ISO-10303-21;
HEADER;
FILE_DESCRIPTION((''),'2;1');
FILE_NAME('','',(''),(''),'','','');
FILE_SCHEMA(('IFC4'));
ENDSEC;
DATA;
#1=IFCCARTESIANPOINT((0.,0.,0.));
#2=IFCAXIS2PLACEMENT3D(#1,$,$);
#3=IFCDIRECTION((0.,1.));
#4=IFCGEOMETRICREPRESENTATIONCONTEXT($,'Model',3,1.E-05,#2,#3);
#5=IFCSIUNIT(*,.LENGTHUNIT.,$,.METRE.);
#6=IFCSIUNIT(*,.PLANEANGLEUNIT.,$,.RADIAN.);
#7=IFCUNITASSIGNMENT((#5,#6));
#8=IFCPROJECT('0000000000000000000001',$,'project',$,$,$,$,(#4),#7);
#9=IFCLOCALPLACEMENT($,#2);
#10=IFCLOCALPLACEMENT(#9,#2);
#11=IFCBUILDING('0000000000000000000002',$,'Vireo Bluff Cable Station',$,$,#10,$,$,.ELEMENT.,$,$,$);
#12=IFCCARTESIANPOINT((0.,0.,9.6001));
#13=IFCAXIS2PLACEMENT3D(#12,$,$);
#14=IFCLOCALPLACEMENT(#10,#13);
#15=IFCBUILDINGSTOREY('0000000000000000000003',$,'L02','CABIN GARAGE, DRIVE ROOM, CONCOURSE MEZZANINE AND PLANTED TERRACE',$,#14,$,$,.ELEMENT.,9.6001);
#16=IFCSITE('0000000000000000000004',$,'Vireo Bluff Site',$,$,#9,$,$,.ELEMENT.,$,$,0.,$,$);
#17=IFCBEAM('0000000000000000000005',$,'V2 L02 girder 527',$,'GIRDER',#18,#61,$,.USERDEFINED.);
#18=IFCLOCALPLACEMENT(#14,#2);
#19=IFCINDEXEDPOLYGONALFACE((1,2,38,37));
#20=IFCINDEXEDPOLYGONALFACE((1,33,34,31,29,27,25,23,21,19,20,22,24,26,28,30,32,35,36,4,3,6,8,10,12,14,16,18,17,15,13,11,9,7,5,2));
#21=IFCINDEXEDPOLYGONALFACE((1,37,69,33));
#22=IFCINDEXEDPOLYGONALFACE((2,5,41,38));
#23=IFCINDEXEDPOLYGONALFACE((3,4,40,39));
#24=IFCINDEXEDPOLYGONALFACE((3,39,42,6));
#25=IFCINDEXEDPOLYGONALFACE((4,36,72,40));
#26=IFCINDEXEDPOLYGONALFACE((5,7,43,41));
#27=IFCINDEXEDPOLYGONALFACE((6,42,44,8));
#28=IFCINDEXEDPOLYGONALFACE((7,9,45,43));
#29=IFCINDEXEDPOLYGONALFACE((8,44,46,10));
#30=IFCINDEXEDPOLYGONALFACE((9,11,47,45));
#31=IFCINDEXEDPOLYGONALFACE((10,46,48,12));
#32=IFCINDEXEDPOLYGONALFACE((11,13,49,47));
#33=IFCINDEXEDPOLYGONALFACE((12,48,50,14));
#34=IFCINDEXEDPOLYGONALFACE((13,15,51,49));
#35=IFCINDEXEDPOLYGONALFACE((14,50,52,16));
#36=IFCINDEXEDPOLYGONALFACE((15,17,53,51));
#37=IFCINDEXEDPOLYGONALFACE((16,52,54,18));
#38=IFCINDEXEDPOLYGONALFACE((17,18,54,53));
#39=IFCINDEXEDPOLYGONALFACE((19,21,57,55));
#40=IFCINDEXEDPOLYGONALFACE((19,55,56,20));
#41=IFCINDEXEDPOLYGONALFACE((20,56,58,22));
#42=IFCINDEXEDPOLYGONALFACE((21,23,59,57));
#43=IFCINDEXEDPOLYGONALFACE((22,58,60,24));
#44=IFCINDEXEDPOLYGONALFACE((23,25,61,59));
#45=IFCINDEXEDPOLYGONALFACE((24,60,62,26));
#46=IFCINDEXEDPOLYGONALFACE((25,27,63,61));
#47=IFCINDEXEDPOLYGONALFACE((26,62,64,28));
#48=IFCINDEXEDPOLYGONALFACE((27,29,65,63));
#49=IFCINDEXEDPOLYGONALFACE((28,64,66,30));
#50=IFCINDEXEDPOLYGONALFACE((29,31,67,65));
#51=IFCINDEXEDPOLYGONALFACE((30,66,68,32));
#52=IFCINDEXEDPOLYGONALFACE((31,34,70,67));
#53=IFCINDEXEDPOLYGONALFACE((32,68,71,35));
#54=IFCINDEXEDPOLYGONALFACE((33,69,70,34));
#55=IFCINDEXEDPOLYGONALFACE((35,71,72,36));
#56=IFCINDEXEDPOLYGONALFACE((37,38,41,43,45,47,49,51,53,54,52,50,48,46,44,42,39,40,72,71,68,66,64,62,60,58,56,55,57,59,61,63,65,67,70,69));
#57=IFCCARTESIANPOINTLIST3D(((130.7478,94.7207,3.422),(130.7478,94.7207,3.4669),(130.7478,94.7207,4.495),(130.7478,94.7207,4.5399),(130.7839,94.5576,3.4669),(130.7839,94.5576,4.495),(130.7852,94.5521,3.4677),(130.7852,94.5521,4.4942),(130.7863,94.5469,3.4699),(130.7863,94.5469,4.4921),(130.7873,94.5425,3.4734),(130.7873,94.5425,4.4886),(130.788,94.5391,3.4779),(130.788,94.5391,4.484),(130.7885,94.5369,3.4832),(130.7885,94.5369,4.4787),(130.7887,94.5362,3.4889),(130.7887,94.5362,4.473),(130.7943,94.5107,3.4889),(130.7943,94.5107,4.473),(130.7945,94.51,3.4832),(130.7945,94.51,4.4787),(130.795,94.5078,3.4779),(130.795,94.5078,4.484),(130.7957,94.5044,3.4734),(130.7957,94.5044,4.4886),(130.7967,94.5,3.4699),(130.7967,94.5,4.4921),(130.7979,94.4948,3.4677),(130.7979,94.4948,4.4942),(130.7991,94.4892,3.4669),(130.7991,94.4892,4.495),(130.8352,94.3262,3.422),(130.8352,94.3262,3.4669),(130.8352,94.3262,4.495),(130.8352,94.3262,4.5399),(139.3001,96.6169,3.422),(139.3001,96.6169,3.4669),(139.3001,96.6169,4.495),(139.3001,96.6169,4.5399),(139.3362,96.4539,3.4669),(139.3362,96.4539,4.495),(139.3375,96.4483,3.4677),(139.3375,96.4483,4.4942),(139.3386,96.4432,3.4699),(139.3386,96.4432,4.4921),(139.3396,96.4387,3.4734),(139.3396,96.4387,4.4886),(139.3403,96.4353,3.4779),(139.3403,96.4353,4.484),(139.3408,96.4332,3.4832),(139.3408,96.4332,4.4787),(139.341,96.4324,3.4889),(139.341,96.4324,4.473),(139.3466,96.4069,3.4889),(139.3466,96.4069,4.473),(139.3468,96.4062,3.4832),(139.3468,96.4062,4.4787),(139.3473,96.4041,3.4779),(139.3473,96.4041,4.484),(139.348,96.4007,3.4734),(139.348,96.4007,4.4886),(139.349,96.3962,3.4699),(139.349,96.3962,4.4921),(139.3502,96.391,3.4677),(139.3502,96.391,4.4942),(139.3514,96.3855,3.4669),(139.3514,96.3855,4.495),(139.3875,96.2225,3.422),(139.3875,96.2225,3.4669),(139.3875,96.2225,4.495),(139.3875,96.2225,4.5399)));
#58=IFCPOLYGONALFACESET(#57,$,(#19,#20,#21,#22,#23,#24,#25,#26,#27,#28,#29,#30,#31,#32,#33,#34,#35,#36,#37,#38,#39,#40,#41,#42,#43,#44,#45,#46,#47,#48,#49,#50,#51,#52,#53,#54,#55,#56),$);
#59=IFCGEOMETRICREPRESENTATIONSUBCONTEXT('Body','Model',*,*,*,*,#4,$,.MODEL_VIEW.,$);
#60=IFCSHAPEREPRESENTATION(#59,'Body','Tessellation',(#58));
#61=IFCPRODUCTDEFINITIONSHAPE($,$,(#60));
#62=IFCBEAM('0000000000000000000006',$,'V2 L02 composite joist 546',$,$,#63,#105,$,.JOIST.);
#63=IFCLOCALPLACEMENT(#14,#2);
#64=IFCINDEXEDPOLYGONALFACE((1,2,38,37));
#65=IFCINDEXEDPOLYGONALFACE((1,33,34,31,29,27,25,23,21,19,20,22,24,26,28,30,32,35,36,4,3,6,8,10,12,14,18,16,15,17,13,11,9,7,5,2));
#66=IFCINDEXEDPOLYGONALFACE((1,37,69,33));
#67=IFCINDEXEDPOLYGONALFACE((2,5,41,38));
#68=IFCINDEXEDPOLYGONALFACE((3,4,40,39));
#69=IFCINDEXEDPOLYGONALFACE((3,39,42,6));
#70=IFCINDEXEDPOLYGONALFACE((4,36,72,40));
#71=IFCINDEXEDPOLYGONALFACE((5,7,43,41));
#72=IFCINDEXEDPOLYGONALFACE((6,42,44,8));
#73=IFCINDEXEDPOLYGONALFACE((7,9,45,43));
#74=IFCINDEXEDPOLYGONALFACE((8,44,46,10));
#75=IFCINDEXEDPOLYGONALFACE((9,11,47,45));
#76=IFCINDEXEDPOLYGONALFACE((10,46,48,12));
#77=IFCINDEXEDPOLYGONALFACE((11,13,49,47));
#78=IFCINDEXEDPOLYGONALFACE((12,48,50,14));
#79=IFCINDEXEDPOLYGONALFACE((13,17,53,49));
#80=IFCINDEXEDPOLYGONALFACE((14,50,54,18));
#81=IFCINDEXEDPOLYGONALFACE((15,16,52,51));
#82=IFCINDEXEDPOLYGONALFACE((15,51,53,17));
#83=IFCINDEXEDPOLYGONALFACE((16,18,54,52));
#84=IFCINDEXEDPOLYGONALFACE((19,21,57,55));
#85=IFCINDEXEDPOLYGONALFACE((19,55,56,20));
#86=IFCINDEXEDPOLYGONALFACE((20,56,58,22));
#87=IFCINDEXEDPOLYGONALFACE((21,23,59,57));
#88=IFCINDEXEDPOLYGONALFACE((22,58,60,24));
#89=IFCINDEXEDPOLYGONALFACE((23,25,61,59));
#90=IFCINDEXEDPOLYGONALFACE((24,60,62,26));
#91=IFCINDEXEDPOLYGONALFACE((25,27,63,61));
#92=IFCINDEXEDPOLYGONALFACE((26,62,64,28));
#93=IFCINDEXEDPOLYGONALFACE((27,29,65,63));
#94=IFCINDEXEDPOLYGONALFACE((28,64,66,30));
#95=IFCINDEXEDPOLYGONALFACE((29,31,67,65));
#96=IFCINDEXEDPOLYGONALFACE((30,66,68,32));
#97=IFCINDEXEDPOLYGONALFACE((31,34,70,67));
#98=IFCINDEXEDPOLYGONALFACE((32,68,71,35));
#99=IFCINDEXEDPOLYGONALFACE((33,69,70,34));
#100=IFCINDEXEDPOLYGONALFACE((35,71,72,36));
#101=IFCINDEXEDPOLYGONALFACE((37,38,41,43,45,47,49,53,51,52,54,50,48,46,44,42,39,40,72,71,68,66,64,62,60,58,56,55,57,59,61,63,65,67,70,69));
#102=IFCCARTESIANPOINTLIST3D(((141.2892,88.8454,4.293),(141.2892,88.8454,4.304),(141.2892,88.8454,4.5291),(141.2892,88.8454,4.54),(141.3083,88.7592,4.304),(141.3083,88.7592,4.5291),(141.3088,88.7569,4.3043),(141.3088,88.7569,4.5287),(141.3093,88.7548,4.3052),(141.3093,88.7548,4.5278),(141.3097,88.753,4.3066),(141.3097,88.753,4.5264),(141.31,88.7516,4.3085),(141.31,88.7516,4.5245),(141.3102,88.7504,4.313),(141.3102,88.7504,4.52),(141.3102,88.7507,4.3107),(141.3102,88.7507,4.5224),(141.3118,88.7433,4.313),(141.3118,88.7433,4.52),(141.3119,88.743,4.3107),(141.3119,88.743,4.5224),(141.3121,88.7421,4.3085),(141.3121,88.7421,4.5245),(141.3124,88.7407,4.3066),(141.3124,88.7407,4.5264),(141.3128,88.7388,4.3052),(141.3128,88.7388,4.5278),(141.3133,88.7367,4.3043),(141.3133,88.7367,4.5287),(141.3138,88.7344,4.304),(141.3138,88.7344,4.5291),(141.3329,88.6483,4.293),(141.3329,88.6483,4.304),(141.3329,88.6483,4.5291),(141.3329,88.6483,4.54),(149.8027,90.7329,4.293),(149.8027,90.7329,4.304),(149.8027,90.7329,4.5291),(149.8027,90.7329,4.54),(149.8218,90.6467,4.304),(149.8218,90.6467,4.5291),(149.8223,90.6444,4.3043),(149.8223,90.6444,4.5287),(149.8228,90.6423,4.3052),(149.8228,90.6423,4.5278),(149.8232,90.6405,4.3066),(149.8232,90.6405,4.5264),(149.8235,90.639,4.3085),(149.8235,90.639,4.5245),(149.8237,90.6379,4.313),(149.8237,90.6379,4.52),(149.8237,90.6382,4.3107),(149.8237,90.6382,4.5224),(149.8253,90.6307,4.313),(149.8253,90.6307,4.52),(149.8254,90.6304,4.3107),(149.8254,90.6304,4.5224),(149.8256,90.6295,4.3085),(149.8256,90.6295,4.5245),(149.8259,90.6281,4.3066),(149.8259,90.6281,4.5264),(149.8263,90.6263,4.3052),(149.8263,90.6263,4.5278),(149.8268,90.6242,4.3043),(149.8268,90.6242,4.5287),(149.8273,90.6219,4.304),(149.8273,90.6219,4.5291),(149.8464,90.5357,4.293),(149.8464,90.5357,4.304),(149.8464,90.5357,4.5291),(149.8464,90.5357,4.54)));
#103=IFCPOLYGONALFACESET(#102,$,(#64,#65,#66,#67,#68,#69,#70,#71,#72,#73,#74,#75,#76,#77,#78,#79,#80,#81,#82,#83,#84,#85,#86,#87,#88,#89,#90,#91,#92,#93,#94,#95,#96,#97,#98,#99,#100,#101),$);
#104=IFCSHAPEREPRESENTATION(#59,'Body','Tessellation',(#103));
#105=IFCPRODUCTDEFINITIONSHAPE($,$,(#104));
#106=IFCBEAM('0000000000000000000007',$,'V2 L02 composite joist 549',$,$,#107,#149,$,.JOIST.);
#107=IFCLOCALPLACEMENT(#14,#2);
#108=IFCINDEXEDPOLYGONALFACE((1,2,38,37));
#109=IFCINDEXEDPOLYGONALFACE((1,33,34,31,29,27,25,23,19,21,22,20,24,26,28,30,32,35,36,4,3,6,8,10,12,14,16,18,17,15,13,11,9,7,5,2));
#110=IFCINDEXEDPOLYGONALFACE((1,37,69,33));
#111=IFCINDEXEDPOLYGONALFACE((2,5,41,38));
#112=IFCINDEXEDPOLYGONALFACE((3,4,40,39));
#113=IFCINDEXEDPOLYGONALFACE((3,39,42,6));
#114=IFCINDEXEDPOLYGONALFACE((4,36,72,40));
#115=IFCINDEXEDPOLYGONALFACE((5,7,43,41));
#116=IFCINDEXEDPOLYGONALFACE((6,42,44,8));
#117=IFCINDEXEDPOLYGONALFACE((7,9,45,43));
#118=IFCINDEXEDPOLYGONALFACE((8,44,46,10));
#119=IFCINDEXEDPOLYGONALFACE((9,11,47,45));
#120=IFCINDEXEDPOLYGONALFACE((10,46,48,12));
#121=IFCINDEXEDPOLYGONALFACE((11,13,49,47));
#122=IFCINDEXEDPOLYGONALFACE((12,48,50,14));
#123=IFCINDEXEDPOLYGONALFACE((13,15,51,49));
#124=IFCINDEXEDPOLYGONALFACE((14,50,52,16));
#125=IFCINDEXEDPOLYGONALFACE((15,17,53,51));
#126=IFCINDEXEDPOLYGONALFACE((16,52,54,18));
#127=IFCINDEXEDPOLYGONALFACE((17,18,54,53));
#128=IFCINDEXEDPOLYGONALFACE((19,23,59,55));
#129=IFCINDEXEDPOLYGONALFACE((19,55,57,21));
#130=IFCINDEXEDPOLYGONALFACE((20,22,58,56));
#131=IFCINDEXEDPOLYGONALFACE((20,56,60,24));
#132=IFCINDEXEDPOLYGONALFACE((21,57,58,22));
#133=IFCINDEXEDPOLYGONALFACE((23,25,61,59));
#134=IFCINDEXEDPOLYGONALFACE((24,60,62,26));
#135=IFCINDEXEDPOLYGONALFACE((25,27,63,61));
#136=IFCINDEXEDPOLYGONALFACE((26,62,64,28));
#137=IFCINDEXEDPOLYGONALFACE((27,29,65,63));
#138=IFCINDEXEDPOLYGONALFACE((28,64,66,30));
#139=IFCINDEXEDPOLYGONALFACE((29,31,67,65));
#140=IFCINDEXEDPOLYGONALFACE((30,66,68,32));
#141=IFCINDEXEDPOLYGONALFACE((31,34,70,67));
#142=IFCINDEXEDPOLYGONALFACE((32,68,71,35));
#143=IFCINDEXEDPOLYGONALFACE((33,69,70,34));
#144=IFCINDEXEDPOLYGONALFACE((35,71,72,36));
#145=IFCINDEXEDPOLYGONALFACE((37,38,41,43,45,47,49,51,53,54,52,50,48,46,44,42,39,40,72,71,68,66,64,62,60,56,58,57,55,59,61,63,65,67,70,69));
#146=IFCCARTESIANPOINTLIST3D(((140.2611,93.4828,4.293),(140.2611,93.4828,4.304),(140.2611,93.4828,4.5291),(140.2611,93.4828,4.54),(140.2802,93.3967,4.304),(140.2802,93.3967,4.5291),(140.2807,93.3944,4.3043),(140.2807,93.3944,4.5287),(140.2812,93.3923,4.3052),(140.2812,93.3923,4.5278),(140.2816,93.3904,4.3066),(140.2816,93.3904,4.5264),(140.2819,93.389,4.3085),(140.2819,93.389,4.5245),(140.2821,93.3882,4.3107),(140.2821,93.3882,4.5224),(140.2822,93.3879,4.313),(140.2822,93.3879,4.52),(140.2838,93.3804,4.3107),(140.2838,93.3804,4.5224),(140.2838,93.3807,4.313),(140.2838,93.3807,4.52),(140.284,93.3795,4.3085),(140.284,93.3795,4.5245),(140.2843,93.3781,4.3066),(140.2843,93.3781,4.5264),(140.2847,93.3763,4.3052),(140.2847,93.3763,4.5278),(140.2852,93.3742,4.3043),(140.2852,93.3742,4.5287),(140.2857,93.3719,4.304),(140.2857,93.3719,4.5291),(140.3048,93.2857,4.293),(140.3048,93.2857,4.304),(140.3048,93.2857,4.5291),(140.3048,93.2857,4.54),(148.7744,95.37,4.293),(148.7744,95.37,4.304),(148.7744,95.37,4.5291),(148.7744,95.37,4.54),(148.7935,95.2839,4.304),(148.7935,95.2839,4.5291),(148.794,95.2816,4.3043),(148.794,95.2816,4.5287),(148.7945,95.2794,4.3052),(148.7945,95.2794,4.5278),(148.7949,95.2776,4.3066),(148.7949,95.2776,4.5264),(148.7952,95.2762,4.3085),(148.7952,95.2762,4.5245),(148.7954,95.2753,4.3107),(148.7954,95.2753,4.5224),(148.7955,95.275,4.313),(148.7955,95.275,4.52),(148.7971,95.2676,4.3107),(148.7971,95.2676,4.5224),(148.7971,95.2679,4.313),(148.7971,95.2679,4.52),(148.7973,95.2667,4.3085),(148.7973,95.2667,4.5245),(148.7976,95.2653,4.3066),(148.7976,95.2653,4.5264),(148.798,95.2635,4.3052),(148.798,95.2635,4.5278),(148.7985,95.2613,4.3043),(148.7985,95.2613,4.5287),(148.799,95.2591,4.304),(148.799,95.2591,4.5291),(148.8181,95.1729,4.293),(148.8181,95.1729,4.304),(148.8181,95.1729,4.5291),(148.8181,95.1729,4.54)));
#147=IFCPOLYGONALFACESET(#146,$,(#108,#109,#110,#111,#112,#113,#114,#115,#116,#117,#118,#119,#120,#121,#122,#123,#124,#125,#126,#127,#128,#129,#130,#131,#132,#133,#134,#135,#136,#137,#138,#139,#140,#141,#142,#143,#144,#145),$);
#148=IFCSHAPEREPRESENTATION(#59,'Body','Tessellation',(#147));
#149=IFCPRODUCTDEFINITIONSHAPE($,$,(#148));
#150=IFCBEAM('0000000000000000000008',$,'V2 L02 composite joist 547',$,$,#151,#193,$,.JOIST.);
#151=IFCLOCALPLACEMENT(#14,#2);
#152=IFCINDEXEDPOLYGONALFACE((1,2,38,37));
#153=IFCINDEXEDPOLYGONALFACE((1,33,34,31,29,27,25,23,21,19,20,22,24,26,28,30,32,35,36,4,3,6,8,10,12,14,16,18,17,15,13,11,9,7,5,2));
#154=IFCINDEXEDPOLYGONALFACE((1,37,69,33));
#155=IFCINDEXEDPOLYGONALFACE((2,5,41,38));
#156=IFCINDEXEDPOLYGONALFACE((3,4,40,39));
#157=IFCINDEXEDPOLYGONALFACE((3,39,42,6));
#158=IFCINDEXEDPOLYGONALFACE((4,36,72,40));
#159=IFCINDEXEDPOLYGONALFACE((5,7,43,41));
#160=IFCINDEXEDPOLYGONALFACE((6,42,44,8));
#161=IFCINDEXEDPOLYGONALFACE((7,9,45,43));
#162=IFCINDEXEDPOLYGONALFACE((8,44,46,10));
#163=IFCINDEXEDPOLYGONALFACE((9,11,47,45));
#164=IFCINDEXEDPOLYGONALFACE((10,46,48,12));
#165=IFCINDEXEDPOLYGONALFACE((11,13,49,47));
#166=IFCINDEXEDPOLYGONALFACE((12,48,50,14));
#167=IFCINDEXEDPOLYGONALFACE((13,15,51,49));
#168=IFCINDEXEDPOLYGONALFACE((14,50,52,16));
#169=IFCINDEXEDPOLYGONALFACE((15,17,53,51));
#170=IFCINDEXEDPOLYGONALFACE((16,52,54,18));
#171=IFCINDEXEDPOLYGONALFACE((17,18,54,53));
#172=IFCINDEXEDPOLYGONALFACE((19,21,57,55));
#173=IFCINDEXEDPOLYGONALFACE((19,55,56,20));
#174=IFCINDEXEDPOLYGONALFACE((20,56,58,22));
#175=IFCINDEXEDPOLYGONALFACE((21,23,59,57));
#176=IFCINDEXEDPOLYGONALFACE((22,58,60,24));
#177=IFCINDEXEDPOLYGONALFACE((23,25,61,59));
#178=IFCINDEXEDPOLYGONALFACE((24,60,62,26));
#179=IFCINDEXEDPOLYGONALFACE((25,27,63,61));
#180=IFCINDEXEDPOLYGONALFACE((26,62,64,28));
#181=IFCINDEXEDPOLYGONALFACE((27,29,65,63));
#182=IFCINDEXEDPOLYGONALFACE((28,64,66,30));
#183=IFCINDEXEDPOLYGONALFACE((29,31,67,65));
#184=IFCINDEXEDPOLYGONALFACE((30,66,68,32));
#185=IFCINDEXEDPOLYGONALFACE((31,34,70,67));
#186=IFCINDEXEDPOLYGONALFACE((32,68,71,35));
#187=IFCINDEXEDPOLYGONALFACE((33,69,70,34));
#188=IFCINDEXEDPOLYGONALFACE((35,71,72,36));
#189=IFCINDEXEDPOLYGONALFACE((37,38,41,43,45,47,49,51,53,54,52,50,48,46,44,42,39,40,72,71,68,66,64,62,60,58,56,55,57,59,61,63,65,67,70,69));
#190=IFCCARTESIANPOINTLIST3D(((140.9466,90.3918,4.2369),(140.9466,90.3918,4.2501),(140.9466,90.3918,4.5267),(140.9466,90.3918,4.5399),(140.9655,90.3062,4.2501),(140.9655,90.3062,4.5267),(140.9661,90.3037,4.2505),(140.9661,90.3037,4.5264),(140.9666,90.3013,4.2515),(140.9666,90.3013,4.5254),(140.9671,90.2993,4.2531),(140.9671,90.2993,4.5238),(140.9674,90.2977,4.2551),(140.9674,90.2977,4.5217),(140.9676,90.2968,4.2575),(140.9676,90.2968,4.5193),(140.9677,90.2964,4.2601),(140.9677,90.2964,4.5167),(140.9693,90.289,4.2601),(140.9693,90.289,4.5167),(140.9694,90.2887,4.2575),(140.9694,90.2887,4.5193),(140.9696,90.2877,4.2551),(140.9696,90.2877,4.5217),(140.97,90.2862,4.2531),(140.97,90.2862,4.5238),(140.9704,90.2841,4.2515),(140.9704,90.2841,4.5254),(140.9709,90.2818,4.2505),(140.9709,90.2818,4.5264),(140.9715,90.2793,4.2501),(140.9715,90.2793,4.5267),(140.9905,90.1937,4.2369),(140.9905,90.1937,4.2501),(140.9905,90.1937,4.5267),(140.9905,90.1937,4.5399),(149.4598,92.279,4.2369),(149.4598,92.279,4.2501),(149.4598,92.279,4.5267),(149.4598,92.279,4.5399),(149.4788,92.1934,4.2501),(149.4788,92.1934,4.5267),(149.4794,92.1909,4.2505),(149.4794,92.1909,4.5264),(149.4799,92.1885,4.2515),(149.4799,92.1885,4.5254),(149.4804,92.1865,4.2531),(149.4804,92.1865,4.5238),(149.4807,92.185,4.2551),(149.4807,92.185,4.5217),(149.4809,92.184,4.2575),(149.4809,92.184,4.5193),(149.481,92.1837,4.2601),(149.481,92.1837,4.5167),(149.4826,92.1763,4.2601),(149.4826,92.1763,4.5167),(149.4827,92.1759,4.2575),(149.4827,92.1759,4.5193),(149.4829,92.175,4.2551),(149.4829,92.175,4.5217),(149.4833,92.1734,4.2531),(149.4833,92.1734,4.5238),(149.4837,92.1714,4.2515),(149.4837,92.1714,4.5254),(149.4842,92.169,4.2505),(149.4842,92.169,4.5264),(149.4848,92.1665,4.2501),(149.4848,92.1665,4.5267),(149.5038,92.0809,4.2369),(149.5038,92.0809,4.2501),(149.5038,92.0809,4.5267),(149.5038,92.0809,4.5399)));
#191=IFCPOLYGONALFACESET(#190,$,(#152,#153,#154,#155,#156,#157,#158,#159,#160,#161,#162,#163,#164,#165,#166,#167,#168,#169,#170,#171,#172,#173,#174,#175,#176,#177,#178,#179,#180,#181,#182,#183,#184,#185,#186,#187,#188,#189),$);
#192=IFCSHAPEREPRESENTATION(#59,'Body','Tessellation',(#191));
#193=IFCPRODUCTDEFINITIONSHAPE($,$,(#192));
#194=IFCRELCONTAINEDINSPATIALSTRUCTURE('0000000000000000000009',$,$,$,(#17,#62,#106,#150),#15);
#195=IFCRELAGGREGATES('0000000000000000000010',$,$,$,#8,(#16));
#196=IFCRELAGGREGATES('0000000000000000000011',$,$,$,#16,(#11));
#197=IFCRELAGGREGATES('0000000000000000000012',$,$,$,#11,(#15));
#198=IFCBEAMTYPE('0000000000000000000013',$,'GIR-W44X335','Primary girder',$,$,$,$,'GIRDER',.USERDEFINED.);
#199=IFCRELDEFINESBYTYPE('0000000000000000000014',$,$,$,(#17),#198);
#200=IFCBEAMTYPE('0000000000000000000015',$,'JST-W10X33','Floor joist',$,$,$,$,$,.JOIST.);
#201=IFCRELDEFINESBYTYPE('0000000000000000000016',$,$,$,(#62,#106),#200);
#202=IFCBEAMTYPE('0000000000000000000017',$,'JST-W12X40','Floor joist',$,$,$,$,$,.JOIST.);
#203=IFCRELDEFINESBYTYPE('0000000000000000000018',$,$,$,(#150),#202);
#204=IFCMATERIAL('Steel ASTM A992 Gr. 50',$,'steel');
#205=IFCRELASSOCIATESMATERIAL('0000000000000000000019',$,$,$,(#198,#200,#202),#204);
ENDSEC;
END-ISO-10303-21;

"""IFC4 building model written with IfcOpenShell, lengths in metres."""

from ifc_helpers import new_model, si_unit, direction, frame, origin, origin_2d, place, context, subcontext, project, spatial, i_section, extrude, material, material_profile, profile_set, type_object, element, save


model = new_model("IFC4")

# Units and contexts
model_context = context("Model", 3, precision=1e-05, world=origin(), true_north=direction((0.0, 1.0)))
body_context = subcontext(model_context, "Body", "Model", "MODEL_VIEW")
ifc_project = project(units=[si_unit("LENGTHUNIT", "METRE"), si_unit("PLANEANGLEUNIT", "RADIAN")], contexts=[model_context])

# Site, building, storey
site_placement = place(None, origin())
site = spatial("IfcSite", under=ifc_project, at=site_placement, Name="Vireo Bluff Site", CompositionType="ELEMENT", RefElevation=0.0)
building_placement = place(site_placement, origin())
building = spatial("IfcBuilding", under=site, at=building_placement, Name="Vireo Bluff Cable Station", CompositionType="ELEMENT")
storey_placement = place(building_placement, frame((0.0, 0.0, 9.6001)))
storey = spatial("IfcBuildingStorey", under=building, at=storey_placement, Name="L02", Description="CABIN GARAGE, DRIVE ROOM, CONCOURSE MEZZANINE AND PLANTED TERRACE", CompositionType="ELEMENT", Elevation=9.6001)

# Shared definitions
ifc_material_1 = material(Name="Steel ASTM A992 Gr. 50", Category="steel")

# Beams
ifc_material_profile_1 = material_profile(ifc_material_1, i_section(OverallWidth=0.4041, OverallDepth=1.1179, WebThickness=0.0261, FlangeThickness=0.0449, FilletRadius=0.022, at=origin_2d()), Name="W44X335")
ifc_profile_set_1 = profile_set([ifc_material_profile_1], Name="Steel ASTM A992 Gr. 50")
beam_type_1 = type_object("IfcBeamType", Name="GIR-W44X335", Description="Primary girder", ElementType="GIRDER", PredefinedType="USERDEFINED", material=ifc_profile_set_1)
beam_1_placement = place(storey_placement, frame((130.7915, 94.5234, 3.981), z_axis=(0.97629, 0.216467, 0.0), x_axis=(-0.216467, 0.97629, 0.0)))
element("IfcBeam", 1, at=beam_1_placement, inside=storey, type_object=beam_type_1, Name="V2 L02 girder 527", ObjectType="GIRDER", PredefinedType="USERDEFINED", context=body_context, shape_type="SweptSolid", body=[
    extrude(i_section(OverallWidth=0.4041, OverallDepth=1.1179, WebThickness=0.0261, FlangeThickness=0.0449, FilletRadius=0.022, at=origin_2d()), origin(), (0.0, 0.0, 1.0), 8.76),
])
ifc_material_profile_2 = material_profile(ifc_material_1, i_section(OverallWidth=0.2019, OverallDepth=0.2471, WebThickness=0.0073, FlangeThickness=0.011, FilletRadius=0.009, at=origin_2d()), Name="W10X33")
ifc_profile_set_2 = profile_set([ifc_material_profile_2], Name="Steel ASTM A992 Gr. 50")
beam_type_2 = type_object("IfcBeamType", Name="JST-W10X33", Description="Floor joist", PredefinedType="JOIST", material=ifc_profile_set_2)
beam_2_placement = place(storey_placement, frame((141.311, 88.7468, 4.4165), z_axis=(0.976294, 0.216447, 0.0), x_axis=(-0.216447, 0.976294, 0.0)))
element("IfcBeam", 2, at=beam_2_placement, inside=storey, type_object=beam_type_2, Name="V2 L02 composite joist 546", PredefinedType="JOIST", context=body_context, shape_type="SweptSolid", body=[
    extrude(i_section(OverallWidth=0.2019, OverallDepth=0.2471, WebThickness=0.0073, FlangeThickness=0.011, FilletRadius=0.009, at=origin_2d()), origin(), (0.0, 0.0, 1.0), 8.7202),
])
beam_3_placement = place(storey_placement, frame((140.283, 93.3843, 4.4165), z_axis=(0.9763, 0.216421, 0.0), x_axis=(-0.216421, 0.9763, 0.0)))
element("IfcBeam", 3, at=beam_3_placement, inside=storey, type_object=beam_type_2, Name="V2 L02 composite joist 549", PredefinedType="JOIST", context=body_context, shape_type="SweptSolid", body=[
    extrude(i_section(OverallWidth=0.2019, OverallDepth=0.2471, WebThickness=0.0073, FlangeThickness=0.011, FilletRadius=0.009, at=origin_2d()), origin(), (0.0, 0.0, 1.0), 8.72),
])
ifc_material_profile_3 = material_profile(ifc_material_1, i_section(OverallWidth=0.2029, OverallDepth=0.303, WebThickness=0.0076, FlangeThickness=0.0132, FilletRadius=0.01, at=origin_2d()), Name="W12X40")
ifc_profile_set_3 = profile_set([ifc_material_profile_3], Name="Steel ASTM A992 Gr. 50")
beam_type_3 = type_object("IfcBeamType", Name="JST-W12X40", Description="Floor joist", PredefinedType="JOIST", material=ifc_profile_set_3)
for number, where, z_axis, x_axis, name in (
    (4, (140.9685, 90.2927, 4.3884), (0.976299, 0.216426, 0.0), (-0.216426, 0.976299, 0.0), "V2 L02 composite joist 547"),
):
    element("IfcBeam", number, at=place(storey_placement, frame(where, z_axis=z_axis, x_axis=x_axis)), inside=storey, type_object=beam_type_3, Name=name, PredefinedType="JOIST", context=body_context, shape_type="SweptSolid", body=[
        extrude(i_section(OverallWidth=0.2029, OverallDepth=0.303, WebThickness=0.0076, FlangeThickness=0.0132, FilletRadius=0.01, at=origin_2d()), origin(), (0.0, 0.0, 1.0), 8.72),
    ])

save(model, "model.ifc")
